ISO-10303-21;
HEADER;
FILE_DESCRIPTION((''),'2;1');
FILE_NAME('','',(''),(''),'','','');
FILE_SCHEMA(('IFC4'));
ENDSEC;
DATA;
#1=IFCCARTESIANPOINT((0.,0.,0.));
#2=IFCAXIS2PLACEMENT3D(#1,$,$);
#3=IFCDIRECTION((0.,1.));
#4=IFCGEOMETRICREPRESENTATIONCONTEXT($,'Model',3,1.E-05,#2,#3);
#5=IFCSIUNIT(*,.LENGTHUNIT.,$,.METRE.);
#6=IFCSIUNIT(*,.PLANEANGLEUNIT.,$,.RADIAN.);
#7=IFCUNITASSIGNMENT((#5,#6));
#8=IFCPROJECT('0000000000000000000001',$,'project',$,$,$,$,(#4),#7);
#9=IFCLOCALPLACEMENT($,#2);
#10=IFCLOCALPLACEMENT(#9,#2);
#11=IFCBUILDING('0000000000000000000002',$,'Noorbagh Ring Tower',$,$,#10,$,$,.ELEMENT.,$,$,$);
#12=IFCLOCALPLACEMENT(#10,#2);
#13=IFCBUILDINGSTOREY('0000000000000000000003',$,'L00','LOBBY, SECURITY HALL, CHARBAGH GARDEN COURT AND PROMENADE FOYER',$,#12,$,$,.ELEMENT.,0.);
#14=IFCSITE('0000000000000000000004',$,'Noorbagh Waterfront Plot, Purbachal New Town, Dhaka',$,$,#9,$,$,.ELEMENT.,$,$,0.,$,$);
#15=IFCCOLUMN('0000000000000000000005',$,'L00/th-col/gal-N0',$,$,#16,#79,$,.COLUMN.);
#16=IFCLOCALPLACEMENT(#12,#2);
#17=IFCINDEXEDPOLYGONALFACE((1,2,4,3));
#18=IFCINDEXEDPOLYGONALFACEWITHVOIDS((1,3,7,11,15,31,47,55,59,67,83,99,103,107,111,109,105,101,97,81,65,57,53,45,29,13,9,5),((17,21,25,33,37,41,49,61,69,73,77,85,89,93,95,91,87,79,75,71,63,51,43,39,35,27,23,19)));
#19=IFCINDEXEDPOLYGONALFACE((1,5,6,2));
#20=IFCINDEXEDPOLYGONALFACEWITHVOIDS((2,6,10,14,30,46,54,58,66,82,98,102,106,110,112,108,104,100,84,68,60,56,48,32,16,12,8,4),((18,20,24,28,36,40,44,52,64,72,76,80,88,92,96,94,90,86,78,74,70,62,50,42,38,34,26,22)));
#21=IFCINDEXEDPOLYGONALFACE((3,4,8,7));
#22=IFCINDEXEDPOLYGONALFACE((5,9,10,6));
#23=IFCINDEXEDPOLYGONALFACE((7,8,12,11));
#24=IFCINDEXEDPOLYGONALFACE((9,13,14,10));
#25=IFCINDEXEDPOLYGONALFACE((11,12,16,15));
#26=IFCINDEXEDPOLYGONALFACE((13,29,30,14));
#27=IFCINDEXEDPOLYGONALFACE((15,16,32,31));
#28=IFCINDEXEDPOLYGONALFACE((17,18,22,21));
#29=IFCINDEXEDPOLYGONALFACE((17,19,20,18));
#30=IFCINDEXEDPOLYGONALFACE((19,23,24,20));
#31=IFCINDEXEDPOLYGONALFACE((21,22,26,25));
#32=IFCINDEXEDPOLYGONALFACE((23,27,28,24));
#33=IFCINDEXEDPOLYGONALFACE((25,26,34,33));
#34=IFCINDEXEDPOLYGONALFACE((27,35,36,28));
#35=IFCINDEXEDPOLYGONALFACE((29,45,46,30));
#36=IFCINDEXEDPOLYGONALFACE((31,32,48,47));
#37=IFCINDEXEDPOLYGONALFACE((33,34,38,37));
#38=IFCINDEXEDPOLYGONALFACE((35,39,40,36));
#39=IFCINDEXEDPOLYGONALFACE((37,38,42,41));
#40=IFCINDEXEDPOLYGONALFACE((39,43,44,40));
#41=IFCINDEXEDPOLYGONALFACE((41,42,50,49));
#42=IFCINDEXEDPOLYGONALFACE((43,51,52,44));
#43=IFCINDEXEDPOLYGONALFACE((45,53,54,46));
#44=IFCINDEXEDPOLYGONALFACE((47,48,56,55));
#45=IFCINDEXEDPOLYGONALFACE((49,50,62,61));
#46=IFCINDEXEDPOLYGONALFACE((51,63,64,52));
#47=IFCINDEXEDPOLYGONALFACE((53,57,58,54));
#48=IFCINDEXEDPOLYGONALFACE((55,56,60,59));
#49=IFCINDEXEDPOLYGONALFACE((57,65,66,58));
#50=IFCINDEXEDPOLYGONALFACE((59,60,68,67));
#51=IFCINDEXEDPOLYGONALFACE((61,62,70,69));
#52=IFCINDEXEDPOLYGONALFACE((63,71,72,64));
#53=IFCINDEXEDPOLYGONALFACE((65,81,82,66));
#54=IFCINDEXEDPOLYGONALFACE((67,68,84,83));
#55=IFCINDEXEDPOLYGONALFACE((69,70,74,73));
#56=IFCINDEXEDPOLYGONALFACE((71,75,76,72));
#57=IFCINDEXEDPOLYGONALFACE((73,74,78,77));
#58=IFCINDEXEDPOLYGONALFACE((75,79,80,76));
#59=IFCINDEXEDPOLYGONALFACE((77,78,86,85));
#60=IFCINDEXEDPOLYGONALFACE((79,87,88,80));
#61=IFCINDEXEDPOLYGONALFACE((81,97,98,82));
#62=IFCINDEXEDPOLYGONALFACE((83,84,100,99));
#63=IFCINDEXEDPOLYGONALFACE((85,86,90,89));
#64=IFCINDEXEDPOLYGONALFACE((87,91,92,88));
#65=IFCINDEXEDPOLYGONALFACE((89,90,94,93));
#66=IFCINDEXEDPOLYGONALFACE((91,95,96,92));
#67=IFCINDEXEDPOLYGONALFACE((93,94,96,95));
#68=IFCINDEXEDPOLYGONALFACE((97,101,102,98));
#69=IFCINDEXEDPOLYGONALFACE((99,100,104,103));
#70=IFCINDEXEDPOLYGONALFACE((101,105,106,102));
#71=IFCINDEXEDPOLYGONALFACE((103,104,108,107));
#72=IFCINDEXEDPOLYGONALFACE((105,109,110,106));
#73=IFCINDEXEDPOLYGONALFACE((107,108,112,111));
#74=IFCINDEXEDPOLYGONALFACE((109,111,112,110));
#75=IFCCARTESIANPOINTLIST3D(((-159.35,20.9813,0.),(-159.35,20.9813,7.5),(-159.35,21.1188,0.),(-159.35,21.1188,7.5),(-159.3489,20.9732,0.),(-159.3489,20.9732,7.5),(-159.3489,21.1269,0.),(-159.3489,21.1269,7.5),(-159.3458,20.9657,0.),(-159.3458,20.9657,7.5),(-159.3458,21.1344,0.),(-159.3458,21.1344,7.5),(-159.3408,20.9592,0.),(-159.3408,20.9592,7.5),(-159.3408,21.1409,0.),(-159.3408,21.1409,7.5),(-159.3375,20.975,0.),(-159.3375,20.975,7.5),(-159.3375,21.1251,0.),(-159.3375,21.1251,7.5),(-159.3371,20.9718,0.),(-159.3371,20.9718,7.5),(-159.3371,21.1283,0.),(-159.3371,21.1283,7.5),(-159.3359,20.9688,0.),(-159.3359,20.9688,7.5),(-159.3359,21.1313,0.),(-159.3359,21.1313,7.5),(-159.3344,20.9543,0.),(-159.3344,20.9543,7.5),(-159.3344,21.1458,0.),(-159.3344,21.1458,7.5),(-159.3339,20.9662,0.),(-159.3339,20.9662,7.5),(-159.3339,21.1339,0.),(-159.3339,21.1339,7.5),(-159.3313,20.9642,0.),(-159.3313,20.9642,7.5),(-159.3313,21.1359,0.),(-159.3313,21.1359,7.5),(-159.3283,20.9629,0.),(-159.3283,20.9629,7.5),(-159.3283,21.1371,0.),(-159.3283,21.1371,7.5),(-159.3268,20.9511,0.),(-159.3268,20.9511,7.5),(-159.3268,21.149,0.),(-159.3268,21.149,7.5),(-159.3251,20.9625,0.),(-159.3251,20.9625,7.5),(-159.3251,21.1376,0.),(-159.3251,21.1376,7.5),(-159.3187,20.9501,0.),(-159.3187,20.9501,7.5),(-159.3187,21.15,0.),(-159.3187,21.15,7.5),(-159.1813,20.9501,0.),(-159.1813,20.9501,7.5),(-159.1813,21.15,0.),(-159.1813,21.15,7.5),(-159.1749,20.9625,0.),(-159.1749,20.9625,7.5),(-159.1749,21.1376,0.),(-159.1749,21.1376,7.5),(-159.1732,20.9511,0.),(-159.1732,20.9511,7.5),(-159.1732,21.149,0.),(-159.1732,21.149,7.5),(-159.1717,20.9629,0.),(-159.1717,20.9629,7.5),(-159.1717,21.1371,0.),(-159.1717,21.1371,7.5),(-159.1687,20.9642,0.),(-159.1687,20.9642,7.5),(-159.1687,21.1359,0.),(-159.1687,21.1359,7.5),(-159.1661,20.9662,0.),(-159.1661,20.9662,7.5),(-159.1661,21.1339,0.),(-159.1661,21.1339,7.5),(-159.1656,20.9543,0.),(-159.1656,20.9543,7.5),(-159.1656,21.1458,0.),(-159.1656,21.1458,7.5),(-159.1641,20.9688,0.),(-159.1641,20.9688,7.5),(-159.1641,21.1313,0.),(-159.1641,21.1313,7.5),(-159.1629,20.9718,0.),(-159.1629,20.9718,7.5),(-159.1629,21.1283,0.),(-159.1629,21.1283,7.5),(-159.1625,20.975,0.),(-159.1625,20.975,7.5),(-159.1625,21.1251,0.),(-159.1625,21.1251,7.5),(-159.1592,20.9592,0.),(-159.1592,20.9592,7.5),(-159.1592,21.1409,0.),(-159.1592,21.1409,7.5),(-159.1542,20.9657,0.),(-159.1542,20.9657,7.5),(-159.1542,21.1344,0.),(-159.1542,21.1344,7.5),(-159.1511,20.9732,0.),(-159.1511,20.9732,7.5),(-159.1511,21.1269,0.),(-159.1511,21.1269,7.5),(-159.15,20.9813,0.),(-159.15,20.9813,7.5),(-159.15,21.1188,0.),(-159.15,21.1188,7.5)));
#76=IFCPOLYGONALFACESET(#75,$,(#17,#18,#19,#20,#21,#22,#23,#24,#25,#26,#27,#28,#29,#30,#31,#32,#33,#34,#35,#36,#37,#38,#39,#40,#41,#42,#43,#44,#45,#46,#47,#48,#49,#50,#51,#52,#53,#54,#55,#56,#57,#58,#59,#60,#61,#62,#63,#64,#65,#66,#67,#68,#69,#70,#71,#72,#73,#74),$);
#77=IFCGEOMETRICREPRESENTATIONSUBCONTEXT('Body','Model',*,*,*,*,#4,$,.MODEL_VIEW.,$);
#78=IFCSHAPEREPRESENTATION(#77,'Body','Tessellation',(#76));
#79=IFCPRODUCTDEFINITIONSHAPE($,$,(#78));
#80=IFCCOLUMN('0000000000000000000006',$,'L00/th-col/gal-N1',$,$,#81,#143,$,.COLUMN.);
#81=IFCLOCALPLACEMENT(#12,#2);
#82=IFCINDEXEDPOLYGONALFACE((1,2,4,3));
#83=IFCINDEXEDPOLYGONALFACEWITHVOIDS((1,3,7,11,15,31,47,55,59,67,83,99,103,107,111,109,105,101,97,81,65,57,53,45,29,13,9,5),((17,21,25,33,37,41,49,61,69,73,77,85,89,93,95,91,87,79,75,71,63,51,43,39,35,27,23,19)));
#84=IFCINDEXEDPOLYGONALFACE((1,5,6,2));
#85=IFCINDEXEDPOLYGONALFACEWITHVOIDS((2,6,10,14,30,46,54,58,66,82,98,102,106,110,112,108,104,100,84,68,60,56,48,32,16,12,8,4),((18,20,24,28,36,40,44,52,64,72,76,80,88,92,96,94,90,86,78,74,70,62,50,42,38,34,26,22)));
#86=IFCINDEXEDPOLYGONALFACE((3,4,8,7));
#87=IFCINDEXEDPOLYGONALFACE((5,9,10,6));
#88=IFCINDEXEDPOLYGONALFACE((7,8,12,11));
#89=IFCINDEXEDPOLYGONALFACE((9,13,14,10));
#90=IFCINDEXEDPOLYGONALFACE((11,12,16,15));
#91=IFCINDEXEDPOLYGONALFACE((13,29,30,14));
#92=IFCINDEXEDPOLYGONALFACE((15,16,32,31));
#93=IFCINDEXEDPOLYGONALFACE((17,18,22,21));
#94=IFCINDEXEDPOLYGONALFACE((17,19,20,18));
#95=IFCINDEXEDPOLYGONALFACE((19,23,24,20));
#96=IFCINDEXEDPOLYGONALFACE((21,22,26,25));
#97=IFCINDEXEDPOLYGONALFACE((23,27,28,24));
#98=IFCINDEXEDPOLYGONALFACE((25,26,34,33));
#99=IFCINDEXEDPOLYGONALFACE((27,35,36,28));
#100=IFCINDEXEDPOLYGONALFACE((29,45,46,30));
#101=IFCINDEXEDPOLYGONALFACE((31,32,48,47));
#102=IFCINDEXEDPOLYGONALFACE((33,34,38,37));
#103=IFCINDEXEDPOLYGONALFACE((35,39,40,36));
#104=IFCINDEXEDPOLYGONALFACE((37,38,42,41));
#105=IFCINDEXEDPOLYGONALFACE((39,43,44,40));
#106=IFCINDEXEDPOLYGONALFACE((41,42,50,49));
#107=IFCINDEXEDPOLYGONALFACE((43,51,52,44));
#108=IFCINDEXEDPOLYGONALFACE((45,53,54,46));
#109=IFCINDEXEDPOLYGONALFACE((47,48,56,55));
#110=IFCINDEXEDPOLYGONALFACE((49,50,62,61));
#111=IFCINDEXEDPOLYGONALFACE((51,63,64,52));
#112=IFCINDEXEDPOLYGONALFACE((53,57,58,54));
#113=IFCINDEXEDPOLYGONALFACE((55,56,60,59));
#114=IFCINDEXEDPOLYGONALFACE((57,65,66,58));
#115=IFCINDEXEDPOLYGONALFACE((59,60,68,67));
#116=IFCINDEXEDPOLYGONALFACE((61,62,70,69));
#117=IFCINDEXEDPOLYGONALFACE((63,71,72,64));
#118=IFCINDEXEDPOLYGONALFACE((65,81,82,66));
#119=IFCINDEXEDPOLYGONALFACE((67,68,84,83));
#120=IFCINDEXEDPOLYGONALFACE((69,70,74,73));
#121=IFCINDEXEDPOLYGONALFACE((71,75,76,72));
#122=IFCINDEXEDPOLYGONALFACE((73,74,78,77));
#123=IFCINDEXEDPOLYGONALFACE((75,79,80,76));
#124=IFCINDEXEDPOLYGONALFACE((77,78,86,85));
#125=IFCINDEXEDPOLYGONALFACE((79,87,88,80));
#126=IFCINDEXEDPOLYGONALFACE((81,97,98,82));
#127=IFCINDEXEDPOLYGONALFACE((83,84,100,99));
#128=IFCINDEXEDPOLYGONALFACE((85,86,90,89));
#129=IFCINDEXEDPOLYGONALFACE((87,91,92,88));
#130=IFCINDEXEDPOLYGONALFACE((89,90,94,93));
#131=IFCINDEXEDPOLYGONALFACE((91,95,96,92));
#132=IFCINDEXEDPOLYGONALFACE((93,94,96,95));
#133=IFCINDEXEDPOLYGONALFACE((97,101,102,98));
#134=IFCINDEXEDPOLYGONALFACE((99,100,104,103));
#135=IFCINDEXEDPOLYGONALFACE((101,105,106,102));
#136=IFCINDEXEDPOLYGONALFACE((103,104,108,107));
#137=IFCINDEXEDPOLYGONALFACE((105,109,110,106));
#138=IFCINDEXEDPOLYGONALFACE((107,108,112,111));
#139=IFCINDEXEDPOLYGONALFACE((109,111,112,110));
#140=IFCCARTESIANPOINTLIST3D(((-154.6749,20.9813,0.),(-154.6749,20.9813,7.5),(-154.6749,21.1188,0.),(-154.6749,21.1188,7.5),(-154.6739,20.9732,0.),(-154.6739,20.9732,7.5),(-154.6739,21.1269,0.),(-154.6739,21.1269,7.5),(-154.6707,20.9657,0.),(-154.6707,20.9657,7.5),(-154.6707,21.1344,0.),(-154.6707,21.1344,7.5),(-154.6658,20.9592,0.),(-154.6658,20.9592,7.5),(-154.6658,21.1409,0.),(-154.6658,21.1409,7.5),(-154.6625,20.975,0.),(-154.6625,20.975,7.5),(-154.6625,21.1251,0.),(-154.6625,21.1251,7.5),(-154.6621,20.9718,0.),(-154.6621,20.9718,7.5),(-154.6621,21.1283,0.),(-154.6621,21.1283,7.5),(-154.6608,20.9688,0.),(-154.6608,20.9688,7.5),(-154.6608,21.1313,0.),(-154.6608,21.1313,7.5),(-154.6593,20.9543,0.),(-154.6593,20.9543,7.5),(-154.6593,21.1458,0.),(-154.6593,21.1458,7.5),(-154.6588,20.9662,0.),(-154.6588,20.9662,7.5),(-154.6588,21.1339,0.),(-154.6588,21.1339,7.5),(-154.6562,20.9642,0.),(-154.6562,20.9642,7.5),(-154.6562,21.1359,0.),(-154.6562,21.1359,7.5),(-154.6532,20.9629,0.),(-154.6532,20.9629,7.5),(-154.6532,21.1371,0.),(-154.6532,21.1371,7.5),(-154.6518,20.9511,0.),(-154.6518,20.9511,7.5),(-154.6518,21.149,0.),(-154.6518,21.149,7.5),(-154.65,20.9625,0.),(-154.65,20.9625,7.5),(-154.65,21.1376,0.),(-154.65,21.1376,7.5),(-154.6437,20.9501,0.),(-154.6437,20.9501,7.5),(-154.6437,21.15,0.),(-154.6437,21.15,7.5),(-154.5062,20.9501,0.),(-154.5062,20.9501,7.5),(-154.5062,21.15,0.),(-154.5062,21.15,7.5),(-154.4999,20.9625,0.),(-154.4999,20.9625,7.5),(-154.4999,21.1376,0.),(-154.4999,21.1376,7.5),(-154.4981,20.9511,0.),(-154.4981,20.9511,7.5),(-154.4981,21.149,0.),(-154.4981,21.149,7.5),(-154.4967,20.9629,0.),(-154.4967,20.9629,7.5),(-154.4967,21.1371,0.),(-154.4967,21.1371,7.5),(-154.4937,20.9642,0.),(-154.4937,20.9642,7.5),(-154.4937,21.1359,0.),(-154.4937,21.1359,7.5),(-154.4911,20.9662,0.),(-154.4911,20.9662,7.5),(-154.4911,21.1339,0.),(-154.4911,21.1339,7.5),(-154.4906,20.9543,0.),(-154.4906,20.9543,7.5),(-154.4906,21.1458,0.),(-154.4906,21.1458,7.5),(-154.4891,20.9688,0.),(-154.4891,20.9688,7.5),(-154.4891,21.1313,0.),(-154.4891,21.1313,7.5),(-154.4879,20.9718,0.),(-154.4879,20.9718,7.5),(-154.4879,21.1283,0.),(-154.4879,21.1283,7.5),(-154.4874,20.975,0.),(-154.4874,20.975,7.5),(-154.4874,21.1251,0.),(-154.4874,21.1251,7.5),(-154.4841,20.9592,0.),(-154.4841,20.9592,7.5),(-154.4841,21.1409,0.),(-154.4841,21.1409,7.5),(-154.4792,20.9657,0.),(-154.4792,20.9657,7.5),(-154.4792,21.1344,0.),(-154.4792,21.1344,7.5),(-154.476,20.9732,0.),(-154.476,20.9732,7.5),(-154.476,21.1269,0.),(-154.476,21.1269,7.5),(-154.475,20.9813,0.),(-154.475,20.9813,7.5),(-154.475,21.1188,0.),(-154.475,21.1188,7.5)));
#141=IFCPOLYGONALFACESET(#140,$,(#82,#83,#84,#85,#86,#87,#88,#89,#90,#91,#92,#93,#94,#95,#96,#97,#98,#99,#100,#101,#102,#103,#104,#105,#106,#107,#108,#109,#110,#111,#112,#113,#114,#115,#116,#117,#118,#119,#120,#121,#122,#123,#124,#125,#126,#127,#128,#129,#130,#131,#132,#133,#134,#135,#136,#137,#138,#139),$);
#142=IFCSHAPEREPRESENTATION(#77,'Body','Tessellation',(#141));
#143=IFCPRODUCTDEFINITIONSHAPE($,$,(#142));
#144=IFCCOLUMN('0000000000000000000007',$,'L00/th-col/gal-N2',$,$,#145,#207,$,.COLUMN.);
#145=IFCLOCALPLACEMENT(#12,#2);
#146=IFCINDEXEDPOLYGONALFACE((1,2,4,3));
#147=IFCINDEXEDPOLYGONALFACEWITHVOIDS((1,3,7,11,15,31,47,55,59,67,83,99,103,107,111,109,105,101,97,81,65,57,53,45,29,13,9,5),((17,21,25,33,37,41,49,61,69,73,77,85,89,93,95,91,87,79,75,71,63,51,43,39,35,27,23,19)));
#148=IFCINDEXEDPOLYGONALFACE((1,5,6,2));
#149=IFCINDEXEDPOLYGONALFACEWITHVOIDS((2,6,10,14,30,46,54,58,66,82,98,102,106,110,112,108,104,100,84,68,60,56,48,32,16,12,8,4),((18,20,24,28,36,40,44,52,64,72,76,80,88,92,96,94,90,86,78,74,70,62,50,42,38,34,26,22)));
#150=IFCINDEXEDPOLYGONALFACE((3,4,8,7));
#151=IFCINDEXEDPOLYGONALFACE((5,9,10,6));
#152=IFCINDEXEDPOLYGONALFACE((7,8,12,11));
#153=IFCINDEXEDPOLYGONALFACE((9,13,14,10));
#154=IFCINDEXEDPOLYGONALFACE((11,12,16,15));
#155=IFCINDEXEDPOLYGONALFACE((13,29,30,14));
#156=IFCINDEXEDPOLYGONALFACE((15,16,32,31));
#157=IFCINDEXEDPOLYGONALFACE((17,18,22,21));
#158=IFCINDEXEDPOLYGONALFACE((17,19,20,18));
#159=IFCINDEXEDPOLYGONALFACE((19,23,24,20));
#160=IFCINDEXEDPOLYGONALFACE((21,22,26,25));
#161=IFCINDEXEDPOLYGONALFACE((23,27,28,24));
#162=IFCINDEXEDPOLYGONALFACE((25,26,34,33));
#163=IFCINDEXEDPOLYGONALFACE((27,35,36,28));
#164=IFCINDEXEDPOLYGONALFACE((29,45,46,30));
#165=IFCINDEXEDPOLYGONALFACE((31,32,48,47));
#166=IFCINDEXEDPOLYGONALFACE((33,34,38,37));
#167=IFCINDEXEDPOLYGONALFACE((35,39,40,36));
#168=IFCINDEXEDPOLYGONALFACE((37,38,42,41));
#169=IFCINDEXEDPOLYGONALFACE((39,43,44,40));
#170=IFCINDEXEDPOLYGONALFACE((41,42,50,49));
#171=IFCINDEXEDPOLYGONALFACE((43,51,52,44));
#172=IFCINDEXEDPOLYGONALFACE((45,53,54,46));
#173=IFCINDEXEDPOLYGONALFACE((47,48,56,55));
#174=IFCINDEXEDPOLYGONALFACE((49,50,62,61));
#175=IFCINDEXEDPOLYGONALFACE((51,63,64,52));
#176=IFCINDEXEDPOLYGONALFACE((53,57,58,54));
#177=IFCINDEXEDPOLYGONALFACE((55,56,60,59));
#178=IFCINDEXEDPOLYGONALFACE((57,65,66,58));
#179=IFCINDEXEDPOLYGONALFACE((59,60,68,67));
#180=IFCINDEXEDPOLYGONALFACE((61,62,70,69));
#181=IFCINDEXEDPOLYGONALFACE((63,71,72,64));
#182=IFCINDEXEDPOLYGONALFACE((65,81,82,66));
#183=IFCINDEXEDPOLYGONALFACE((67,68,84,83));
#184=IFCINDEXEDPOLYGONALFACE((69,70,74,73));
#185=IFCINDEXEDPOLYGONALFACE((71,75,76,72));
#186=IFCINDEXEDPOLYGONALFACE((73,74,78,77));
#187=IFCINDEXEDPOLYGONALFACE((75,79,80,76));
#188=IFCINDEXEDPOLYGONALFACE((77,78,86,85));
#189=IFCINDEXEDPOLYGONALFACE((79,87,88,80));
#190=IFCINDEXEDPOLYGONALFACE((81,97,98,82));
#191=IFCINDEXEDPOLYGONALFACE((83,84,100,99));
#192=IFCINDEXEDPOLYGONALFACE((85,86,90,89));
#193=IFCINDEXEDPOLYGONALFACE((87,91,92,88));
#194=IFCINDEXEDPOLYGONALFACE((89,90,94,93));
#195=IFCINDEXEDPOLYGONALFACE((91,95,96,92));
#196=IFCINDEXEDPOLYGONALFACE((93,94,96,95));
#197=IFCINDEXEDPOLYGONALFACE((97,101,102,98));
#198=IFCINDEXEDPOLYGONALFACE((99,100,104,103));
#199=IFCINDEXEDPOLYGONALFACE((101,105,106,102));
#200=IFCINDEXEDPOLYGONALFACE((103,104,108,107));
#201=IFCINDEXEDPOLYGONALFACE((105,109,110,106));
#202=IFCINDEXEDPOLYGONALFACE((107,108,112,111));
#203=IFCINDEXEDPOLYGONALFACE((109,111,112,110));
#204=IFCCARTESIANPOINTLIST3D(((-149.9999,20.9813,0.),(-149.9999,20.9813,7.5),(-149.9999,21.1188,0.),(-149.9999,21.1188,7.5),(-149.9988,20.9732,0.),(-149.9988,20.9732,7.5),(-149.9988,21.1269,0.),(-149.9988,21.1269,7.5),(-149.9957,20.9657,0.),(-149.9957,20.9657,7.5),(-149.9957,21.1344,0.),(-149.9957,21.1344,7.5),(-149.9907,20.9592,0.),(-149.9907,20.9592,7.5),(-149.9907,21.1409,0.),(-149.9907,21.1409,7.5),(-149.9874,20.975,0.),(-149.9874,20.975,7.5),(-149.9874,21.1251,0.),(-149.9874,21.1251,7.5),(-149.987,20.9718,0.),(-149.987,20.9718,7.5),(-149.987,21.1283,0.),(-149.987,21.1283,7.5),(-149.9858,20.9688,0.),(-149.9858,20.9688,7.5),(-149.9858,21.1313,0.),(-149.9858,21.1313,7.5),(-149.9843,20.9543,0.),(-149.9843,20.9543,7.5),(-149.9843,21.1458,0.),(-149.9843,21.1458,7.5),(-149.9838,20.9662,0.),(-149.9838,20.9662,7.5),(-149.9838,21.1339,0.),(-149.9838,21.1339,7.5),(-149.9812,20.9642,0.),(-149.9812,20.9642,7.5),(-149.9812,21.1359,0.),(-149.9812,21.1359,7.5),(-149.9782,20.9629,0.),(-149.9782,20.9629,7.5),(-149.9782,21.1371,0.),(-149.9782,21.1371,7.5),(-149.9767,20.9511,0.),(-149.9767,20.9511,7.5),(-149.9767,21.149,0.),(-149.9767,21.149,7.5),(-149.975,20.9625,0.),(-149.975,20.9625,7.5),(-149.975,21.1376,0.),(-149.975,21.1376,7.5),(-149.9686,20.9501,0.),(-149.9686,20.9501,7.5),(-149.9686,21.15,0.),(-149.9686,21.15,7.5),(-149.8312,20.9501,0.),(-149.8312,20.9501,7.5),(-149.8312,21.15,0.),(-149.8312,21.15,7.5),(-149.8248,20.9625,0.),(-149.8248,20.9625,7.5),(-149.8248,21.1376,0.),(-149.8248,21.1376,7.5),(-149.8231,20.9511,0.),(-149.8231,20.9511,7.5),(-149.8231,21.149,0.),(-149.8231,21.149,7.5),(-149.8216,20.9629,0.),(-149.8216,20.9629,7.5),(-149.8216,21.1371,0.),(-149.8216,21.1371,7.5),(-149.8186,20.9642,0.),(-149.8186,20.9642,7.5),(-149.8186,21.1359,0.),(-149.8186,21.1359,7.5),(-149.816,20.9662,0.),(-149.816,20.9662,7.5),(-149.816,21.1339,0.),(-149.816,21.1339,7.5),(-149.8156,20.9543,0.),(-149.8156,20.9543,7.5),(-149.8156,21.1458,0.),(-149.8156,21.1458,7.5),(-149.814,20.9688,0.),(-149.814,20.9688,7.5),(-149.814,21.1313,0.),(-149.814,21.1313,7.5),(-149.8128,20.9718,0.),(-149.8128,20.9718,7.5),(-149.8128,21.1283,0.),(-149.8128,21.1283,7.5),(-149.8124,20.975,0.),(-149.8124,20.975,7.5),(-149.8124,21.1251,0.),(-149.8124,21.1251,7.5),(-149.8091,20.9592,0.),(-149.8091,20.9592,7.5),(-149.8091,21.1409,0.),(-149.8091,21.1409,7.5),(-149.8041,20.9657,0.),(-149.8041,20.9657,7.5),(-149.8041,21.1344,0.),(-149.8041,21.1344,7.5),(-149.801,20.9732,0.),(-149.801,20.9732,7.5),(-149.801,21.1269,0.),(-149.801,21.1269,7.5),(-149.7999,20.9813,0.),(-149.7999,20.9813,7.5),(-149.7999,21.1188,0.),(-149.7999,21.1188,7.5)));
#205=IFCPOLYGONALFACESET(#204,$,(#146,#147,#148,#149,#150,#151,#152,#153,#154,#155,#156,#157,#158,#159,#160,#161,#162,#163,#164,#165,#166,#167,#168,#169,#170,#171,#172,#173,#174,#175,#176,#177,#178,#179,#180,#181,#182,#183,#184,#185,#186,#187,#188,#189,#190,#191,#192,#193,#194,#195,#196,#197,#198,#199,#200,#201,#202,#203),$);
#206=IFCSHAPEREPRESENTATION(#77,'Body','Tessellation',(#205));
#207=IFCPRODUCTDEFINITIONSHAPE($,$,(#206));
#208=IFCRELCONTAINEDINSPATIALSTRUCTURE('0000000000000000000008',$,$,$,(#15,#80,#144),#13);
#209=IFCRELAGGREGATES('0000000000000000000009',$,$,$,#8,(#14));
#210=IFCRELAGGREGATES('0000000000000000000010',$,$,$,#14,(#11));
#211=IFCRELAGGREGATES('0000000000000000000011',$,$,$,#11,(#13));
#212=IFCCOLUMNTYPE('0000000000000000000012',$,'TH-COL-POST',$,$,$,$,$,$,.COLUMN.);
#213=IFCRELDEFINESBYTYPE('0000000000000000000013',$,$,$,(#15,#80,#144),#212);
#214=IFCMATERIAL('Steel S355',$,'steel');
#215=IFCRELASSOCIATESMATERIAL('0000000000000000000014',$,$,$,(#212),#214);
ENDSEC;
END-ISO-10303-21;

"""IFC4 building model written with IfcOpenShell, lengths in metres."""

from ifc_helpers import new_model, si_unit, direction, frame, origin, origin_2d, place, context, subcontext, project, spatial, hollow_rectangle, extrude, material, material_profile, profile_set, type_object, element, save


model = new_model("IFC4")

# Units and contexts
model_context = context("Model", 3, precision=1e-05, world=origin(), true_north=direction((0.0, 1.0)))
body_context = subcontext(model_context, "Body", "Model", "MODEL_VIEW")
ifc_project = project(units=[si_unit("LENGTHUNIT", "METRE"), si_unit("PLANEANGLEUNIT", "RADIAN")], contexts=[model_context])

# Site, building, storey
site_placement = place(None, origin())
site = spatial("IfcSite", under=ifc_project, at=site_placement, Name="Noorbagh Waterfront Plot, Purbachal New Town, Dhaka", CompositionType="ELEMENT", RefElevation=0.0)
building_placement = place(site_placement, origin())
building = spatial("IfcBuilding", under=site, at=building_placement, Name="Noorbagh Ring Tower", CompositionType="ELEMENT")
storey_placement = place(building_placement, origin())
storey = spatial("IfcBuildingStorey", under=building, at=storey_placement, Name="L00", Description="LOBBY, SECURITY HALL, CHARBAGH GARDEN COURT AND PROMENADE FOYER", CompositionType="ELEMENT", Elevation=0.0)

# Columns
ifc_material_1 = material(Name="Steel S355", Category="steel")
ifc_material_profile = material_profile(ifc_material_1, hollow_rectangle(XDim=0.2, YDim=0.2, WallThickness=0.0125, InnerFilletRadius=0.0125, OuterFilletRadius=0.0312, at=origin_2d()), Name="SHS200x200x12.5")
ifc_profile_set = profile_set([ifc_material_profile], Name="Steel S355")
column_type = type_object("IfcColumnType", Name="TH-COL-POST", PredefinedType="COLUMN", material=ifc_profile_set)
for number, where, z_axis, x_axis, name in (
    (1, (-159.25, 21.05, 0.0), (0.0, 0.0, 1.0), (1.0, 0.0, 0.0), "L00/th-col/gal-N0"),
    (2, (-154.575, 21.05, 0.0), (0.0, 0.0, 1.0), (1.0, 0.0, 0.0), "L00/th-col/gal-N1"),
    (3, (-149.8999, 21.05, 0.0), (0.0, 0.0, 1.0), (1.0, 0.0, 0.0), "L00/th-col/gal-N2"),
):
    element("IfcColumn", number, at=place(storey_placement, frame(where, z_axis=z_axis, x_axis=x_axis)), inside=storey, type_object=column_type, Name=name, PredefinedType="COLUMN", context=body_context, shape_type="SweptSolid", body=[
        extrude(hollow_rectangle(XDim=0.2, YDim=0.2, WallThickness=0.0125, InnerFilletRadius=0.0125, OuterFilletRadius=0.0312, at=origin_2d()), origin(), (0.0, 0.0, 1.0), 7.5),
    ])

save(model, "model.ifc")
